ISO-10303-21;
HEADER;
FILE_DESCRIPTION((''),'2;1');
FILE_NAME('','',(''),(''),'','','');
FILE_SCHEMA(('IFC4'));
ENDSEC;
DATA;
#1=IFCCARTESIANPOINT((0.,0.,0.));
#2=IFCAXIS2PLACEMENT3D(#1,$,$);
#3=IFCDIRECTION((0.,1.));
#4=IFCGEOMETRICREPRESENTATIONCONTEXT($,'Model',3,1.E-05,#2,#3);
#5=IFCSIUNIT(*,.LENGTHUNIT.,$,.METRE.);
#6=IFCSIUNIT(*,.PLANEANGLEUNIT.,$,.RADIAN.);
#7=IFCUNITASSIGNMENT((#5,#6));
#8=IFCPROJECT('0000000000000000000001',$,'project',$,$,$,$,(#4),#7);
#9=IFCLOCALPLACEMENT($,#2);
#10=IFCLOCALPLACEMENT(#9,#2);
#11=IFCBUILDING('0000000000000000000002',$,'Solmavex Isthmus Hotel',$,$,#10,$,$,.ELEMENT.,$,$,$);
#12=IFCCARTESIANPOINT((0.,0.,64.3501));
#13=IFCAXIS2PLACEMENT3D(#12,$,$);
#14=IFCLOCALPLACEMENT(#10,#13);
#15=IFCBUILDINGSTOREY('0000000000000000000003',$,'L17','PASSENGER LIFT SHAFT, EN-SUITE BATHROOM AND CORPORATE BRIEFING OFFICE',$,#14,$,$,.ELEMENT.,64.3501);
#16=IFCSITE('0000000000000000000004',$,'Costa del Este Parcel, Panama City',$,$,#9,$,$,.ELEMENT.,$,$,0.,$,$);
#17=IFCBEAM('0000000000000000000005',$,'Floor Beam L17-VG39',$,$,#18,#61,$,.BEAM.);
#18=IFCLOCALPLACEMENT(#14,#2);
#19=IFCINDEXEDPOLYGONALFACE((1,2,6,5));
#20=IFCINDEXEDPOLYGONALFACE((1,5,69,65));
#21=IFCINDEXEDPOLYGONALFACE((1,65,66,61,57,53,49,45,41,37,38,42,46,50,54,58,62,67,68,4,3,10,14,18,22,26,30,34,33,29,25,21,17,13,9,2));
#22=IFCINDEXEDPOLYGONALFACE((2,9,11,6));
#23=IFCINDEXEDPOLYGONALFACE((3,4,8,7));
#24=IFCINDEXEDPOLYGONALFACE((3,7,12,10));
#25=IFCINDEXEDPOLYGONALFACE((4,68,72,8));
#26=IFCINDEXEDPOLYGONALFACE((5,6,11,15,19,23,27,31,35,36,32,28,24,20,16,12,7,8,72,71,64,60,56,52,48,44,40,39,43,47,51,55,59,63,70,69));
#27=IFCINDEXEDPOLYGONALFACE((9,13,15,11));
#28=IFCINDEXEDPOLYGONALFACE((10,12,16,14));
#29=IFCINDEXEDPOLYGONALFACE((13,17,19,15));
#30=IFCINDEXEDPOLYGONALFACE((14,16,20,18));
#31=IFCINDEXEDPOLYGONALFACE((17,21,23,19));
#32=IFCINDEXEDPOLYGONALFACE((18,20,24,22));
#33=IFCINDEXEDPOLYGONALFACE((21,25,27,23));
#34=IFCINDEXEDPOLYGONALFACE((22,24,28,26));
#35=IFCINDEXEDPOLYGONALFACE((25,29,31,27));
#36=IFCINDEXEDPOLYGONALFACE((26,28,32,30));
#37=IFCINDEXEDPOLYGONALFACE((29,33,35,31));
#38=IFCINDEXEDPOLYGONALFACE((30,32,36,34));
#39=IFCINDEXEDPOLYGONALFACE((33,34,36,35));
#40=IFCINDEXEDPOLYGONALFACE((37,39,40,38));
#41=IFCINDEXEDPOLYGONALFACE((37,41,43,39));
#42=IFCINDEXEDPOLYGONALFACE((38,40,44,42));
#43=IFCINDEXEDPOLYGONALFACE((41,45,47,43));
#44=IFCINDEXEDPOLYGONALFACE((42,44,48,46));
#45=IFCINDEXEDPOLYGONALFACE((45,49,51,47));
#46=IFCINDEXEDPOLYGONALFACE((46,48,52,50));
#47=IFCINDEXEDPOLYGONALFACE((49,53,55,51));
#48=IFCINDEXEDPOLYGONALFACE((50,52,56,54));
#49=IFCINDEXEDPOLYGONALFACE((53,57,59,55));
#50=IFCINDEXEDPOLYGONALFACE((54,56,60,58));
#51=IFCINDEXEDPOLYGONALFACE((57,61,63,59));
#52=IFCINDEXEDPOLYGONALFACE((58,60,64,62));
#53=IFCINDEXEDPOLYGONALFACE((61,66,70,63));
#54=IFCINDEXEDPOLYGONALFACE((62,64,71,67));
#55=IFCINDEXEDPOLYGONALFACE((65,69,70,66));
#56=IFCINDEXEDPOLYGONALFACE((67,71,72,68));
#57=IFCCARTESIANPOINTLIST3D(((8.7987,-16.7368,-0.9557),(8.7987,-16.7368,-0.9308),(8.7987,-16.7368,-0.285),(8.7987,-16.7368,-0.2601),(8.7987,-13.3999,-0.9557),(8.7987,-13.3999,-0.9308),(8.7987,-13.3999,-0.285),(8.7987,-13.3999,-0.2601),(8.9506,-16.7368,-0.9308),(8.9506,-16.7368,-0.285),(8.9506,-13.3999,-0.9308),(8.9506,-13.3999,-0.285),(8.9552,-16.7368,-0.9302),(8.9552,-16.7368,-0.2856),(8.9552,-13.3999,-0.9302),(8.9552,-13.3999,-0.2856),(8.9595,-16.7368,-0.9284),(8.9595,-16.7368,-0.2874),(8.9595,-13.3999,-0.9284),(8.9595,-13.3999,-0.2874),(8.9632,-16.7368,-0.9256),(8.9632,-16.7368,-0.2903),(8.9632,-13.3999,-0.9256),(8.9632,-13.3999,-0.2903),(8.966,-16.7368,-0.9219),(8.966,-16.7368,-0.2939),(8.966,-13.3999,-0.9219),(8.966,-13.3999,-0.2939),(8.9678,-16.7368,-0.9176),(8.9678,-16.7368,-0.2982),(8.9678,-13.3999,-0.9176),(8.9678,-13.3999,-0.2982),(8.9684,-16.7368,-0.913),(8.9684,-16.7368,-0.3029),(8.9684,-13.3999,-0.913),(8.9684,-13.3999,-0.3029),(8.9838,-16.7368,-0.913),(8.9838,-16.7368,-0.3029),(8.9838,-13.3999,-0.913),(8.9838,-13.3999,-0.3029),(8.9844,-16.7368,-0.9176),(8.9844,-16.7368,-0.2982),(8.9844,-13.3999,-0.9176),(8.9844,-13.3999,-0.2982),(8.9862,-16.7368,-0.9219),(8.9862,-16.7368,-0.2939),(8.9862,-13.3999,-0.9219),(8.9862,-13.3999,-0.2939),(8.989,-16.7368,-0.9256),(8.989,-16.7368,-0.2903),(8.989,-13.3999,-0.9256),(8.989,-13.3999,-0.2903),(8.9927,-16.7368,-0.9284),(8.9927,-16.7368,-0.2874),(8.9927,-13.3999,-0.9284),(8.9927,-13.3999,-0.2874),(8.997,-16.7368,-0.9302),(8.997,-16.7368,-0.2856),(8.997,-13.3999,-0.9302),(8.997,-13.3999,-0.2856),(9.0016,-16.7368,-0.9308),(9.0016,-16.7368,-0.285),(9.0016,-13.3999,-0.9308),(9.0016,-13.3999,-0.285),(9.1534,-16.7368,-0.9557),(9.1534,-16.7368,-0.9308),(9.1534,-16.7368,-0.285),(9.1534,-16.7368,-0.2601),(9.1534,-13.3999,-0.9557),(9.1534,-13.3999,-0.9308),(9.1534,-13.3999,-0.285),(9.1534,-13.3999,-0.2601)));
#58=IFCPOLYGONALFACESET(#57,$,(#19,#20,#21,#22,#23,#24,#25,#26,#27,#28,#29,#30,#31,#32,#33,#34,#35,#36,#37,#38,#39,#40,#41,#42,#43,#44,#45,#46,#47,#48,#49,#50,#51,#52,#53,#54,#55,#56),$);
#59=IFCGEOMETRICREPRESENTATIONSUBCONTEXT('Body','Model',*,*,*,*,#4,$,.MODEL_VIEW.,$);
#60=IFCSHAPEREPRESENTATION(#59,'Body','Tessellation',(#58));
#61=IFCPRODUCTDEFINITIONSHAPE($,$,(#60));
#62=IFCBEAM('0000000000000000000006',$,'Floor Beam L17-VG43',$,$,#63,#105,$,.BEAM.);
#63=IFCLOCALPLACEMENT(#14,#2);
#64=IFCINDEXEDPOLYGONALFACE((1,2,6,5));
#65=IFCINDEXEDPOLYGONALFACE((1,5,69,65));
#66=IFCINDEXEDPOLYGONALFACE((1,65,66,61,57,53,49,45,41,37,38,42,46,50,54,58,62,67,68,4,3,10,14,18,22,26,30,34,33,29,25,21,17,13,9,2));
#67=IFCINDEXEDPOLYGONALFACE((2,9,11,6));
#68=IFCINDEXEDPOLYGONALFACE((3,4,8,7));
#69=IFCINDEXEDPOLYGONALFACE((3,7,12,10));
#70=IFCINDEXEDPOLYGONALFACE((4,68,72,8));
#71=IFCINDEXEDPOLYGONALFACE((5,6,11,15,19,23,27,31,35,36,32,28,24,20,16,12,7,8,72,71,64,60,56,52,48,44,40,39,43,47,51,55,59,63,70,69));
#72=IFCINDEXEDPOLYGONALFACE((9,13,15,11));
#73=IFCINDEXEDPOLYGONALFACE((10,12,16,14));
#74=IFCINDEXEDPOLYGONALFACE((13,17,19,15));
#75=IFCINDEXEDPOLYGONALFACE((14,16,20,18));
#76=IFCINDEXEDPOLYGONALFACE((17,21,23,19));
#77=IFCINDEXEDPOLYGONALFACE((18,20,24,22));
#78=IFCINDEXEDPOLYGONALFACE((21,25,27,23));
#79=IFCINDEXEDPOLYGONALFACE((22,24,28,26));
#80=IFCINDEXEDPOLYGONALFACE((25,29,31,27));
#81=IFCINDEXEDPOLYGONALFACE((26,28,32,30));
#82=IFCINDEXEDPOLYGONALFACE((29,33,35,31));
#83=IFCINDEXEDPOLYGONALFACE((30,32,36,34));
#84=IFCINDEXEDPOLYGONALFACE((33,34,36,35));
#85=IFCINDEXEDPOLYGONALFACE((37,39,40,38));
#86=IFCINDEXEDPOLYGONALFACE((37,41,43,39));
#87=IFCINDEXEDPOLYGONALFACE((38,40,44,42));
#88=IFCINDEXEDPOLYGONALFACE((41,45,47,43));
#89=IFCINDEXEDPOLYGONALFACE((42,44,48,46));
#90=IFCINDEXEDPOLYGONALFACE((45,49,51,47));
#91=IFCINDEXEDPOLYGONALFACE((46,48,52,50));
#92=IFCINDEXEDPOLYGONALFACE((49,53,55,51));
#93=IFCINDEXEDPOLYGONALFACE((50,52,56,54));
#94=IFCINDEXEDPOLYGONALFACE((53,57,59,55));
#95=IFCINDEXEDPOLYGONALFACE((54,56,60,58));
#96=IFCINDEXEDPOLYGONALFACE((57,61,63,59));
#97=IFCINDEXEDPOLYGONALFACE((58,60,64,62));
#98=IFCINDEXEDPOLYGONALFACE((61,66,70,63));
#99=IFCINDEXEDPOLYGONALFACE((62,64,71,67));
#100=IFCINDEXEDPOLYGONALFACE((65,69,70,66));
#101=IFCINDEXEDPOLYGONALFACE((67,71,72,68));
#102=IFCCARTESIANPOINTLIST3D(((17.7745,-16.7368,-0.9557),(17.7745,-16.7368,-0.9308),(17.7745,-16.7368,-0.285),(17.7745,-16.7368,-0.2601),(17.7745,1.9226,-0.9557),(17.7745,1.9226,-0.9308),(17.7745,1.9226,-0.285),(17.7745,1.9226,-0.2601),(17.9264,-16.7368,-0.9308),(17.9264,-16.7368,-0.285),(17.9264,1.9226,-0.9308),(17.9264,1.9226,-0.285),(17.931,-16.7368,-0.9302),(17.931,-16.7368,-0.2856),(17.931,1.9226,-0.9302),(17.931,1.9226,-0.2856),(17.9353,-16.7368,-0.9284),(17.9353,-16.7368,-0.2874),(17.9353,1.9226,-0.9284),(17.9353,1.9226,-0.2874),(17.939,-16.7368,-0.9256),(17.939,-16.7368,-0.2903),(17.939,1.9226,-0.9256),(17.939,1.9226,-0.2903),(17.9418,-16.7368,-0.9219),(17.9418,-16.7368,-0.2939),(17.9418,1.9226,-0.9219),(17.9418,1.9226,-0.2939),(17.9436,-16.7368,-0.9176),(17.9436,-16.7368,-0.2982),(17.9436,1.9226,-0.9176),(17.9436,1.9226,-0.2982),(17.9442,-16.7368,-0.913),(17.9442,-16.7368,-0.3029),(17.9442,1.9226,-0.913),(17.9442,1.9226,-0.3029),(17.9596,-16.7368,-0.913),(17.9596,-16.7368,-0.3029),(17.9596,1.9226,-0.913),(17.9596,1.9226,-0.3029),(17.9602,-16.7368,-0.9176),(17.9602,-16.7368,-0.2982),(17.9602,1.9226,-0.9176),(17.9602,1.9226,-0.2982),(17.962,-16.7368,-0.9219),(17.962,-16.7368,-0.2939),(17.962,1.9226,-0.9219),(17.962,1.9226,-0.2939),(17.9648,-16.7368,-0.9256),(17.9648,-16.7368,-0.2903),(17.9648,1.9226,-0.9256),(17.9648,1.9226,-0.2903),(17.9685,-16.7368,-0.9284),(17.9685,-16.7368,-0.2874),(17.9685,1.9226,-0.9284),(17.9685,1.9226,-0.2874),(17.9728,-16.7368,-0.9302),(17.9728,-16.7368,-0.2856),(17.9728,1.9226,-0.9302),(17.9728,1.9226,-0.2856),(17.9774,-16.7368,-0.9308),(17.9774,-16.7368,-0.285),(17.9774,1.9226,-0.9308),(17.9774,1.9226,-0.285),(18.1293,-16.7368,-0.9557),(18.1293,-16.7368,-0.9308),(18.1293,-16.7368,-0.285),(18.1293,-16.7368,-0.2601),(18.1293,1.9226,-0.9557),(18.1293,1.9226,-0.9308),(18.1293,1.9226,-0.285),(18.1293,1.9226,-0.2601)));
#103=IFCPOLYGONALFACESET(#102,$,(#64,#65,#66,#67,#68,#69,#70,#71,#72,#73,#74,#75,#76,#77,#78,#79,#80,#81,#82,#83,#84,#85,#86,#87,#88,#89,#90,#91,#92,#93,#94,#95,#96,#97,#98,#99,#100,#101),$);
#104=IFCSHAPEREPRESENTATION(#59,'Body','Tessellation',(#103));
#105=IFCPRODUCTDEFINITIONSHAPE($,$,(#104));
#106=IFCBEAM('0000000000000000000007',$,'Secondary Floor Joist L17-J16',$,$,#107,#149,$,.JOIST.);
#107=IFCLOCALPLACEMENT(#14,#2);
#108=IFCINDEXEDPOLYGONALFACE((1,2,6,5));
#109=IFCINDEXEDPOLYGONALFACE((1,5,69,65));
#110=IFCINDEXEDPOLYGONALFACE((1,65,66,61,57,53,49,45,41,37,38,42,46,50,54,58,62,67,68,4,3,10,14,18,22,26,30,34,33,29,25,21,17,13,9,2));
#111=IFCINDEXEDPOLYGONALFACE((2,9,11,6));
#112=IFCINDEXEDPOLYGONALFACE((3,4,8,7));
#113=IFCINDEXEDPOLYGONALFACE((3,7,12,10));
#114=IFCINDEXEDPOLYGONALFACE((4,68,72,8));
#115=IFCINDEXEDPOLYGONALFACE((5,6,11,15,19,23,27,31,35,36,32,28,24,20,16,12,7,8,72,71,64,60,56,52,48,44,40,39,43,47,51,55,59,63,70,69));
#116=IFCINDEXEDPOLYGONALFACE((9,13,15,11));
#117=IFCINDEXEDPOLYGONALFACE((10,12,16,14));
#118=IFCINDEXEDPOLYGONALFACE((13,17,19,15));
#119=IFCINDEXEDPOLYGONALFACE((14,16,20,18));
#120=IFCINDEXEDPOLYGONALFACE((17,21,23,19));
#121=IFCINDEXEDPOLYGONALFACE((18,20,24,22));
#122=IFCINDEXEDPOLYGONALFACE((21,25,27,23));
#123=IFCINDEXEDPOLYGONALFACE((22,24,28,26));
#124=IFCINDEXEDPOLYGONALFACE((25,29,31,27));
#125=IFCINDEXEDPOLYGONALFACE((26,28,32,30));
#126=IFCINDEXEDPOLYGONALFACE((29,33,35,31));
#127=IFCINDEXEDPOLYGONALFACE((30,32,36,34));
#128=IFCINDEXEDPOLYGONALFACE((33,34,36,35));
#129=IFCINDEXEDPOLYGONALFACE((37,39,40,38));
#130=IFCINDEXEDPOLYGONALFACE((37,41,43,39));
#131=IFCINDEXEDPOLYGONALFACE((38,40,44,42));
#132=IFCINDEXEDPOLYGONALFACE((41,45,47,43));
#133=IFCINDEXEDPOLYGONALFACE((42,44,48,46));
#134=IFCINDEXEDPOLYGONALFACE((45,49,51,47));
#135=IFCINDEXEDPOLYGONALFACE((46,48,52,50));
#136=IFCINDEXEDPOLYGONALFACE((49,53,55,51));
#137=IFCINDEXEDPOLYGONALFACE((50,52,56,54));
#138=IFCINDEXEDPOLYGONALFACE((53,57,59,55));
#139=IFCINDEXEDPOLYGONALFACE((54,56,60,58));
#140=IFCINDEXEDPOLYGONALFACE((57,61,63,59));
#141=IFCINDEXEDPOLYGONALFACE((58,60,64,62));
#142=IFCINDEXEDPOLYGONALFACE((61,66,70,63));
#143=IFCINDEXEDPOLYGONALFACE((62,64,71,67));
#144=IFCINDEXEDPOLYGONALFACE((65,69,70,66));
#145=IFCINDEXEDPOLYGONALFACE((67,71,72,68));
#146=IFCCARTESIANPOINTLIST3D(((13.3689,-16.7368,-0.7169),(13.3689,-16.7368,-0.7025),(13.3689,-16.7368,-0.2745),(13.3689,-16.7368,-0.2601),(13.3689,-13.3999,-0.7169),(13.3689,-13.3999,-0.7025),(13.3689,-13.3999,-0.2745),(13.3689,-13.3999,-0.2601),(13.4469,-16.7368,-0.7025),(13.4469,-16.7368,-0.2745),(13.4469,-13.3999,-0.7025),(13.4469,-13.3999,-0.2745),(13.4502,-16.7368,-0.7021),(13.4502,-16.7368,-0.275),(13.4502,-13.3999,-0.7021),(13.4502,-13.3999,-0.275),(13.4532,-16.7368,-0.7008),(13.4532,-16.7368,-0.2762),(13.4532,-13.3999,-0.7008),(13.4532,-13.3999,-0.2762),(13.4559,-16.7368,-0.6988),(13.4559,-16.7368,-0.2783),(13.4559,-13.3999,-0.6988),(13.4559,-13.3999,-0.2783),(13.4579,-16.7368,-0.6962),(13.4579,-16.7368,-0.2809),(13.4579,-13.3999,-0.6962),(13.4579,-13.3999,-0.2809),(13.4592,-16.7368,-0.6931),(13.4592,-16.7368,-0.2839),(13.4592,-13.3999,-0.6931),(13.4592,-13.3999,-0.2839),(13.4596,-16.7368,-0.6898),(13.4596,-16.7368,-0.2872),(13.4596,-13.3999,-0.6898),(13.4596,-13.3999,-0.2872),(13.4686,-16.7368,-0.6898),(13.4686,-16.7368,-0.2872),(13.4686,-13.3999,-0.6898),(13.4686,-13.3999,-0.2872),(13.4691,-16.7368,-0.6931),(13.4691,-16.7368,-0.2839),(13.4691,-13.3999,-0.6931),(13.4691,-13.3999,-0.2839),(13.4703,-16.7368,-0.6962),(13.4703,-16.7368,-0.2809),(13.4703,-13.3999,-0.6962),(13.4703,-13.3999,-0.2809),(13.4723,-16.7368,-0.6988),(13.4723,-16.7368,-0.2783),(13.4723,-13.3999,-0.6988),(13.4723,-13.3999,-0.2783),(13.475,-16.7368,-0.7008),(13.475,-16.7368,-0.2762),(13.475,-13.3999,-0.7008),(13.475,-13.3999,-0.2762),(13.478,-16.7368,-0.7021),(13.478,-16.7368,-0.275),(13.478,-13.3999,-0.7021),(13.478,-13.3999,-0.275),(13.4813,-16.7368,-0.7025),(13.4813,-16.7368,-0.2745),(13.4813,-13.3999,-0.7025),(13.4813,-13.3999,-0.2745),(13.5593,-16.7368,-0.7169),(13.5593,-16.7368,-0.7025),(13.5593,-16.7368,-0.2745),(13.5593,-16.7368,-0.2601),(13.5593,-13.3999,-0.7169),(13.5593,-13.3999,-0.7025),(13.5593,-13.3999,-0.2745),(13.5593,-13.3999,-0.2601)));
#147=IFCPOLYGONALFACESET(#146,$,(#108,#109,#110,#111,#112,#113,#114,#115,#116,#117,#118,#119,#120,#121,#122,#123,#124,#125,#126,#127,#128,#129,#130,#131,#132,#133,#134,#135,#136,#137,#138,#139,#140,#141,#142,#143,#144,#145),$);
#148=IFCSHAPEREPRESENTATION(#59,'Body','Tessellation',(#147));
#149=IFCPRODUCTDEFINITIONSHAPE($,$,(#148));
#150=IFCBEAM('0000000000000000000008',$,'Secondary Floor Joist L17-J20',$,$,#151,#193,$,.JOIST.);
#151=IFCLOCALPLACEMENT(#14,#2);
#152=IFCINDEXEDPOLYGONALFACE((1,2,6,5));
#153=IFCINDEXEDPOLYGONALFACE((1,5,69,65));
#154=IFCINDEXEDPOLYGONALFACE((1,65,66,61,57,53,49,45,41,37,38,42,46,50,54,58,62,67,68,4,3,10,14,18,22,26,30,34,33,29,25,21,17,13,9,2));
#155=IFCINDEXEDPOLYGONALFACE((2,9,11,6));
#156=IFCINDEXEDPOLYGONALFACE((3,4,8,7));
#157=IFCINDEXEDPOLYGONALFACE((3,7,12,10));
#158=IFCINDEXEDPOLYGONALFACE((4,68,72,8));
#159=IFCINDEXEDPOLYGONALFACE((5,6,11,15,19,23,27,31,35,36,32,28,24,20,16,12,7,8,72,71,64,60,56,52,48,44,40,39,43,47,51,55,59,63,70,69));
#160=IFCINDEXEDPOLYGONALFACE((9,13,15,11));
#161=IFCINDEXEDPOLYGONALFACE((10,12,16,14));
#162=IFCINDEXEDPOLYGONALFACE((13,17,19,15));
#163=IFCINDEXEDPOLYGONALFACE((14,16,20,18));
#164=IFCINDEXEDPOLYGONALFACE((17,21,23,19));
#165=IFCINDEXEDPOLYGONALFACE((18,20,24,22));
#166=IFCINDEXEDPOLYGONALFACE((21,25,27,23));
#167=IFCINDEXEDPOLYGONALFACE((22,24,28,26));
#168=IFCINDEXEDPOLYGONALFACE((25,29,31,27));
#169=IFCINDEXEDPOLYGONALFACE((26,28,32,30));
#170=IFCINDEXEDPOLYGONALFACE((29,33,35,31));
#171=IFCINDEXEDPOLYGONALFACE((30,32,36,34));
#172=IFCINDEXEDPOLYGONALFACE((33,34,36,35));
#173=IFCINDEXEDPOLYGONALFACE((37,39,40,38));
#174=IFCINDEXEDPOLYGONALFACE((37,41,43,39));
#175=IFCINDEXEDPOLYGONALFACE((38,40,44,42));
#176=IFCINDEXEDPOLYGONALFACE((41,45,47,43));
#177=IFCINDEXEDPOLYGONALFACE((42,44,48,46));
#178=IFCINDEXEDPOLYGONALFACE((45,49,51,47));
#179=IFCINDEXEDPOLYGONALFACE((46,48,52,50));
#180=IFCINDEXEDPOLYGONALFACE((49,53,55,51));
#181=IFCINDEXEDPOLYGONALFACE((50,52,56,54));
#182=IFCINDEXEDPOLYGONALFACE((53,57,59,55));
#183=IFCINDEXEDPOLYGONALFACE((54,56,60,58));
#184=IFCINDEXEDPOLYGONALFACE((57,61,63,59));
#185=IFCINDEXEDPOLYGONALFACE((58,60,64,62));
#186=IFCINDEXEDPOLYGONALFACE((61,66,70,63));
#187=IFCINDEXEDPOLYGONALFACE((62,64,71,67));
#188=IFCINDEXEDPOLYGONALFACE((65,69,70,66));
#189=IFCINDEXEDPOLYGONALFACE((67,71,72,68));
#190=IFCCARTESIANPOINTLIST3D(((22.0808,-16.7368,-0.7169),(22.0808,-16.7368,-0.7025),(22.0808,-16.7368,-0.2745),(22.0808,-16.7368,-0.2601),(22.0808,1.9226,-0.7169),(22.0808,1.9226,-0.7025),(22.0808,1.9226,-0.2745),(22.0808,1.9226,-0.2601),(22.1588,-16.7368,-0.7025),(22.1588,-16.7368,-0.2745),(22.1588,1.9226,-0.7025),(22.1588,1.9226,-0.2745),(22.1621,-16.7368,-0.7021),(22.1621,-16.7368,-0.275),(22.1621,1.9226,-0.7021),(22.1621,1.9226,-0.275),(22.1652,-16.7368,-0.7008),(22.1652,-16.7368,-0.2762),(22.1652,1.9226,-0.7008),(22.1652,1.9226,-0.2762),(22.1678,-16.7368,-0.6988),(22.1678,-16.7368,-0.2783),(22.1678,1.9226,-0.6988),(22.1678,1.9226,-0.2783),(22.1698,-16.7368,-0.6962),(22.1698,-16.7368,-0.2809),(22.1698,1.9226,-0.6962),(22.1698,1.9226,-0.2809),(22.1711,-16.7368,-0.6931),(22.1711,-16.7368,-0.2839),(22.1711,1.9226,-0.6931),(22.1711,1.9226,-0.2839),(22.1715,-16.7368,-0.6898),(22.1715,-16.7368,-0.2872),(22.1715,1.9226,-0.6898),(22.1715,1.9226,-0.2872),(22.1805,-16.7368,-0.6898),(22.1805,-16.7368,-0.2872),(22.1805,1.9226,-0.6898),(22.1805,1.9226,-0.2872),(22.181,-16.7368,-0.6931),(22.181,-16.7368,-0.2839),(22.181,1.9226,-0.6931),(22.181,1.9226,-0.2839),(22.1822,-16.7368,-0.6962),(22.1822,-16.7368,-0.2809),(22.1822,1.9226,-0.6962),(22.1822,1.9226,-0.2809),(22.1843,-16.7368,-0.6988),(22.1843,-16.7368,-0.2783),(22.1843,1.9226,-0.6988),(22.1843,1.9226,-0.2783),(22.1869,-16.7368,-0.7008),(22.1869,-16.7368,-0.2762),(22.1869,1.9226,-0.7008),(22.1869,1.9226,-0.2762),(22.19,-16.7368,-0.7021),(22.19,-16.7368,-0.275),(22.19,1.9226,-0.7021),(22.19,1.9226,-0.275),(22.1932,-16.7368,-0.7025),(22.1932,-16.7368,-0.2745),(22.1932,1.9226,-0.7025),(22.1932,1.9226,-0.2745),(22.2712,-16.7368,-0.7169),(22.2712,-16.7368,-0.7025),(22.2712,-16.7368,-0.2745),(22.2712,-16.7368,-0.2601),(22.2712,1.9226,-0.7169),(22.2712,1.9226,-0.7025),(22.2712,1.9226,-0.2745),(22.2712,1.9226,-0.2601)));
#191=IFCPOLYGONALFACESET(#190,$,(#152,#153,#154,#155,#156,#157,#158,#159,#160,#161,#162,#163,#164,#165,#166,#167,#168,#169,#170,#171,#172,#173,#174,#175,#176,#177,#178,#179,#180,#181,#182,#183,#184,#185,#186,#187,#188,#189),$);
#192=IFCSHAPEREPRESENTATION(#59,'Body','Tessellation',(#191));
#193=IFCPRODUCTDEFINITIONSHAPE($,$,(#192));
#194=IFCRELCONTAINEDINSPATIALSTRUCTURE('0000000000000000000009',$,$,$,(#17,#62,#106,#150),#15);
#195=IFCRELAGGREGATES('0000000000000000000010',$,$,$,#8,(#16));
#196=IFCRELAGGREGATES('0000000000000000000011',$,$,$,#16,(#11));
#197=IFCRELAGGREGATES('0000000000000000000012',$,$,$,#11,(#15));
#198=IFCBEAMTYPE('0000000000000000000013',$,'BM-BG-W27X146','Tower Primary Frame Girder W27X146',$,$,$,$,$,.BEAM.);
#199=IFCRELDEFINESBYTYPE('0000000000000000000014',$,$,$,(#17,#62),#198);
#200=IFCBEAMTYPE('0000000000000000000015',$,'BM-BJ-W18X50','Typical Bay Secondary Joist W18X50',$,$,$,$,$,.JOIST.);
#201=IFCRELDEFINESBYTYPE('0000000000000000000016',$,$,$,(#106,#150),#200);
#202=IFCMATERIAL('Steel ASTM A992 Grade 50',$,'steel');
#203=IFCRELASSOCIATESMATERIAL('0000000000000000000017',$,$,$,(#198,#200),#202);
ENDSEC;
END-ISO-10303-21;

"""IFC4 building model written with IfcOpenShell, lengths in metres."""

from ifc_helpers import new_model, si_unit, direction, frame, origin, origin_2d, place, context, subcontext, project, spatial, i_section, extrude, material, material_profile, profile_set, type_object, element, save


model = new_model("IFC4")

# Units and contexts
model_context = context("Model", 3, precision=1e-05, world=origin(), true_north=direction((0.0, 1.0)))
body_context = subcontext(model_context, "Body", "Model", "MODEL_VIEW")
ifc_project = project(units=[si_unit("LENGTHUNIT", "METRE"), si_unit("PLANEANGLEUNIT", "RADIAN")], contexts=[model_context])

# Site, building, storey
site_placement = place(None, origin())
site = spatial("IfcSite", under=ifc_project, at=site_placement, Name="Costa del Este Parcel, Panama City", CompositionType="ELEMENT", RefElevation=0.0)
building_placement = place(site_placement, origin())
building = spatial("IfcBuilding", under=site, at=building_placement, Name="Solmavex Isthmus Hotel", CompositionType="ELEMENT")
storey_placement = place(building_placement, frame((0.0, 0.0, 64.3501)))
storey = spatial("IfcBuildingStorey", under=building, at=storey_placement, Name="L17", Description="PASSENGER LIFT SHAFT, EN-SUITE BATHROOM AND CORPORATE BRIEFING OFFICE", CompositionType="ELEMENT", Elevation=64.3501)

# Beams
ifc_material_1 = material(Name="Steel ASTM A992 Grade 50", Category="steel")
ifc_material_profile_1 = material_profile(ifc_material_1, i_section(OverallWidth=0.3547, OverallDepth=0.6956, WebThickness=0.0154, FlangeThickness=0.0249, FilletRadius=0.0178, at=origin_2d()), Name="W27X146")
ifc_profile_set_1 = profile_set([ifc_material_profile_1], Name="Steel ASTM A992 Grade 50")
beam_type_1 = type_object("IfcBeamType", Name="BM-BG-W27X146", Description="Tower Primary Frame Girder W27X146", PredefinedType="BEAM", material=ifc_profile_set_1)
beam_1_placement = place(storey_placement, frame((8.9761, -16.7368, -0.6079), z_axis=(0.0, 1.0, 0.0), x_axis=(-1.0, 0.0, 0.0)))
element("IfcBeam", 1, at=beam_1_placement, inside=storey, type_object=beam_type_1, Name="Floor Beam L17-VG39", PredefinedType="BEAM", context=body_context, shape_type="SweptSolid", body=[
    extrude(i_section(OverallWidth=0.3547, OverallDepth=0.6956, WebThickness=0.0154, FlangeThickness=0.0249, FilletRadius=0.0178, at=origin_2d()), origin(), (0.0, 0.0, 1.0), 3.3369),
])
beam_2_placement = place(storey_placement, frame((17.9519, -16.7368, -0.6079), z_axis=(0.0, 1.0, 0.0), x_axis=(-1.0, 0.0, 0.0)))
element("IfcBeam", 2, at=beam_2_placement, inside=storey, type_object=beam_type_1, Name="Floor Beam L17-VG43", PredefinedType="BEAM", context=body_context, shape_type="SweptSolid", body=[
    extrude(i_section(OverallWidth=0.3547, OverallDepth=0.6956, WebThickness=0.0154, FlangeThickness=0.0249, FilletRadius=0.0178, at=origin_2d()), origin(), (0.0, 0.0, 1.0), 18.6594),
])
ifc_material_profile_2 = material_profile(ifc_material_1, i_section(OverallWidth=0.1904, OverallDepth=0.4568, WebThickness=0.009, FlangeThickness=0.0144, FilletRadius=0.0127, at=origin_2d()), Name="W18X50")
ifc_profile_set_2 = profile_set([ifc_material_profile_2], Name="Steel ASTM A992 Grade 50")
beam_type_2 = type_object("IfcBeamType", Name="BM-BJ-W18X50", Description="Typical Bay Secondary Joist W18X50", PredefinedType="JOIST", material=ifc_profile_set_2)
beam_3_placement = place(storey_placement, frame((13.4641, -16.7368, -0.4885), z_axis=(0.0, 1.0, 0.0), x_axis=(-1.0, 0.0, 0.0)))
element("IfcBeam", 3, at=beam_3_placement, inside=storey, type_object=beam_type_2, Name="Secondary Floor Joist L17-J16", PredefinedType="JOIST", context=body_context, shape_type="SweptSolid", body=[
    extrude(i_section(OverallWidth=0.1904, OverallDepth=0.4568, WebThickness=0.009, FlangeThickness=0.0144, FilletRadius=0.0127, at=origin_2d()), origin(), (0.0, 0.0, 1.0), 3.3369),
])
beam_4_placement = place(storey_placement, frame((22.176, -16.7368, -0.4885), z_axis=(0.0, 1.0, 0.0), x_axis=(-1.0, 0.0, 0.0)))
element("IfcBeam", 4, at=beam_4_placement, inside=storey, type_object=beam_type_2, Name="Secondary Floor Joist L17-J20", PredefinedType="JOIST", context=body_context, shape_type="SweptSolid", body=[
    extrude(i_section(OverallWidth=0.1904, OverallDepth=0.4568, WebThickness=0.009, FlangeThickness=0.0144, FilletRadius=0.0127, at=origin_2d()), origin(), (0.0, 0.0, 1.0), 18.6594),
])

save(model, "model.ifc")
